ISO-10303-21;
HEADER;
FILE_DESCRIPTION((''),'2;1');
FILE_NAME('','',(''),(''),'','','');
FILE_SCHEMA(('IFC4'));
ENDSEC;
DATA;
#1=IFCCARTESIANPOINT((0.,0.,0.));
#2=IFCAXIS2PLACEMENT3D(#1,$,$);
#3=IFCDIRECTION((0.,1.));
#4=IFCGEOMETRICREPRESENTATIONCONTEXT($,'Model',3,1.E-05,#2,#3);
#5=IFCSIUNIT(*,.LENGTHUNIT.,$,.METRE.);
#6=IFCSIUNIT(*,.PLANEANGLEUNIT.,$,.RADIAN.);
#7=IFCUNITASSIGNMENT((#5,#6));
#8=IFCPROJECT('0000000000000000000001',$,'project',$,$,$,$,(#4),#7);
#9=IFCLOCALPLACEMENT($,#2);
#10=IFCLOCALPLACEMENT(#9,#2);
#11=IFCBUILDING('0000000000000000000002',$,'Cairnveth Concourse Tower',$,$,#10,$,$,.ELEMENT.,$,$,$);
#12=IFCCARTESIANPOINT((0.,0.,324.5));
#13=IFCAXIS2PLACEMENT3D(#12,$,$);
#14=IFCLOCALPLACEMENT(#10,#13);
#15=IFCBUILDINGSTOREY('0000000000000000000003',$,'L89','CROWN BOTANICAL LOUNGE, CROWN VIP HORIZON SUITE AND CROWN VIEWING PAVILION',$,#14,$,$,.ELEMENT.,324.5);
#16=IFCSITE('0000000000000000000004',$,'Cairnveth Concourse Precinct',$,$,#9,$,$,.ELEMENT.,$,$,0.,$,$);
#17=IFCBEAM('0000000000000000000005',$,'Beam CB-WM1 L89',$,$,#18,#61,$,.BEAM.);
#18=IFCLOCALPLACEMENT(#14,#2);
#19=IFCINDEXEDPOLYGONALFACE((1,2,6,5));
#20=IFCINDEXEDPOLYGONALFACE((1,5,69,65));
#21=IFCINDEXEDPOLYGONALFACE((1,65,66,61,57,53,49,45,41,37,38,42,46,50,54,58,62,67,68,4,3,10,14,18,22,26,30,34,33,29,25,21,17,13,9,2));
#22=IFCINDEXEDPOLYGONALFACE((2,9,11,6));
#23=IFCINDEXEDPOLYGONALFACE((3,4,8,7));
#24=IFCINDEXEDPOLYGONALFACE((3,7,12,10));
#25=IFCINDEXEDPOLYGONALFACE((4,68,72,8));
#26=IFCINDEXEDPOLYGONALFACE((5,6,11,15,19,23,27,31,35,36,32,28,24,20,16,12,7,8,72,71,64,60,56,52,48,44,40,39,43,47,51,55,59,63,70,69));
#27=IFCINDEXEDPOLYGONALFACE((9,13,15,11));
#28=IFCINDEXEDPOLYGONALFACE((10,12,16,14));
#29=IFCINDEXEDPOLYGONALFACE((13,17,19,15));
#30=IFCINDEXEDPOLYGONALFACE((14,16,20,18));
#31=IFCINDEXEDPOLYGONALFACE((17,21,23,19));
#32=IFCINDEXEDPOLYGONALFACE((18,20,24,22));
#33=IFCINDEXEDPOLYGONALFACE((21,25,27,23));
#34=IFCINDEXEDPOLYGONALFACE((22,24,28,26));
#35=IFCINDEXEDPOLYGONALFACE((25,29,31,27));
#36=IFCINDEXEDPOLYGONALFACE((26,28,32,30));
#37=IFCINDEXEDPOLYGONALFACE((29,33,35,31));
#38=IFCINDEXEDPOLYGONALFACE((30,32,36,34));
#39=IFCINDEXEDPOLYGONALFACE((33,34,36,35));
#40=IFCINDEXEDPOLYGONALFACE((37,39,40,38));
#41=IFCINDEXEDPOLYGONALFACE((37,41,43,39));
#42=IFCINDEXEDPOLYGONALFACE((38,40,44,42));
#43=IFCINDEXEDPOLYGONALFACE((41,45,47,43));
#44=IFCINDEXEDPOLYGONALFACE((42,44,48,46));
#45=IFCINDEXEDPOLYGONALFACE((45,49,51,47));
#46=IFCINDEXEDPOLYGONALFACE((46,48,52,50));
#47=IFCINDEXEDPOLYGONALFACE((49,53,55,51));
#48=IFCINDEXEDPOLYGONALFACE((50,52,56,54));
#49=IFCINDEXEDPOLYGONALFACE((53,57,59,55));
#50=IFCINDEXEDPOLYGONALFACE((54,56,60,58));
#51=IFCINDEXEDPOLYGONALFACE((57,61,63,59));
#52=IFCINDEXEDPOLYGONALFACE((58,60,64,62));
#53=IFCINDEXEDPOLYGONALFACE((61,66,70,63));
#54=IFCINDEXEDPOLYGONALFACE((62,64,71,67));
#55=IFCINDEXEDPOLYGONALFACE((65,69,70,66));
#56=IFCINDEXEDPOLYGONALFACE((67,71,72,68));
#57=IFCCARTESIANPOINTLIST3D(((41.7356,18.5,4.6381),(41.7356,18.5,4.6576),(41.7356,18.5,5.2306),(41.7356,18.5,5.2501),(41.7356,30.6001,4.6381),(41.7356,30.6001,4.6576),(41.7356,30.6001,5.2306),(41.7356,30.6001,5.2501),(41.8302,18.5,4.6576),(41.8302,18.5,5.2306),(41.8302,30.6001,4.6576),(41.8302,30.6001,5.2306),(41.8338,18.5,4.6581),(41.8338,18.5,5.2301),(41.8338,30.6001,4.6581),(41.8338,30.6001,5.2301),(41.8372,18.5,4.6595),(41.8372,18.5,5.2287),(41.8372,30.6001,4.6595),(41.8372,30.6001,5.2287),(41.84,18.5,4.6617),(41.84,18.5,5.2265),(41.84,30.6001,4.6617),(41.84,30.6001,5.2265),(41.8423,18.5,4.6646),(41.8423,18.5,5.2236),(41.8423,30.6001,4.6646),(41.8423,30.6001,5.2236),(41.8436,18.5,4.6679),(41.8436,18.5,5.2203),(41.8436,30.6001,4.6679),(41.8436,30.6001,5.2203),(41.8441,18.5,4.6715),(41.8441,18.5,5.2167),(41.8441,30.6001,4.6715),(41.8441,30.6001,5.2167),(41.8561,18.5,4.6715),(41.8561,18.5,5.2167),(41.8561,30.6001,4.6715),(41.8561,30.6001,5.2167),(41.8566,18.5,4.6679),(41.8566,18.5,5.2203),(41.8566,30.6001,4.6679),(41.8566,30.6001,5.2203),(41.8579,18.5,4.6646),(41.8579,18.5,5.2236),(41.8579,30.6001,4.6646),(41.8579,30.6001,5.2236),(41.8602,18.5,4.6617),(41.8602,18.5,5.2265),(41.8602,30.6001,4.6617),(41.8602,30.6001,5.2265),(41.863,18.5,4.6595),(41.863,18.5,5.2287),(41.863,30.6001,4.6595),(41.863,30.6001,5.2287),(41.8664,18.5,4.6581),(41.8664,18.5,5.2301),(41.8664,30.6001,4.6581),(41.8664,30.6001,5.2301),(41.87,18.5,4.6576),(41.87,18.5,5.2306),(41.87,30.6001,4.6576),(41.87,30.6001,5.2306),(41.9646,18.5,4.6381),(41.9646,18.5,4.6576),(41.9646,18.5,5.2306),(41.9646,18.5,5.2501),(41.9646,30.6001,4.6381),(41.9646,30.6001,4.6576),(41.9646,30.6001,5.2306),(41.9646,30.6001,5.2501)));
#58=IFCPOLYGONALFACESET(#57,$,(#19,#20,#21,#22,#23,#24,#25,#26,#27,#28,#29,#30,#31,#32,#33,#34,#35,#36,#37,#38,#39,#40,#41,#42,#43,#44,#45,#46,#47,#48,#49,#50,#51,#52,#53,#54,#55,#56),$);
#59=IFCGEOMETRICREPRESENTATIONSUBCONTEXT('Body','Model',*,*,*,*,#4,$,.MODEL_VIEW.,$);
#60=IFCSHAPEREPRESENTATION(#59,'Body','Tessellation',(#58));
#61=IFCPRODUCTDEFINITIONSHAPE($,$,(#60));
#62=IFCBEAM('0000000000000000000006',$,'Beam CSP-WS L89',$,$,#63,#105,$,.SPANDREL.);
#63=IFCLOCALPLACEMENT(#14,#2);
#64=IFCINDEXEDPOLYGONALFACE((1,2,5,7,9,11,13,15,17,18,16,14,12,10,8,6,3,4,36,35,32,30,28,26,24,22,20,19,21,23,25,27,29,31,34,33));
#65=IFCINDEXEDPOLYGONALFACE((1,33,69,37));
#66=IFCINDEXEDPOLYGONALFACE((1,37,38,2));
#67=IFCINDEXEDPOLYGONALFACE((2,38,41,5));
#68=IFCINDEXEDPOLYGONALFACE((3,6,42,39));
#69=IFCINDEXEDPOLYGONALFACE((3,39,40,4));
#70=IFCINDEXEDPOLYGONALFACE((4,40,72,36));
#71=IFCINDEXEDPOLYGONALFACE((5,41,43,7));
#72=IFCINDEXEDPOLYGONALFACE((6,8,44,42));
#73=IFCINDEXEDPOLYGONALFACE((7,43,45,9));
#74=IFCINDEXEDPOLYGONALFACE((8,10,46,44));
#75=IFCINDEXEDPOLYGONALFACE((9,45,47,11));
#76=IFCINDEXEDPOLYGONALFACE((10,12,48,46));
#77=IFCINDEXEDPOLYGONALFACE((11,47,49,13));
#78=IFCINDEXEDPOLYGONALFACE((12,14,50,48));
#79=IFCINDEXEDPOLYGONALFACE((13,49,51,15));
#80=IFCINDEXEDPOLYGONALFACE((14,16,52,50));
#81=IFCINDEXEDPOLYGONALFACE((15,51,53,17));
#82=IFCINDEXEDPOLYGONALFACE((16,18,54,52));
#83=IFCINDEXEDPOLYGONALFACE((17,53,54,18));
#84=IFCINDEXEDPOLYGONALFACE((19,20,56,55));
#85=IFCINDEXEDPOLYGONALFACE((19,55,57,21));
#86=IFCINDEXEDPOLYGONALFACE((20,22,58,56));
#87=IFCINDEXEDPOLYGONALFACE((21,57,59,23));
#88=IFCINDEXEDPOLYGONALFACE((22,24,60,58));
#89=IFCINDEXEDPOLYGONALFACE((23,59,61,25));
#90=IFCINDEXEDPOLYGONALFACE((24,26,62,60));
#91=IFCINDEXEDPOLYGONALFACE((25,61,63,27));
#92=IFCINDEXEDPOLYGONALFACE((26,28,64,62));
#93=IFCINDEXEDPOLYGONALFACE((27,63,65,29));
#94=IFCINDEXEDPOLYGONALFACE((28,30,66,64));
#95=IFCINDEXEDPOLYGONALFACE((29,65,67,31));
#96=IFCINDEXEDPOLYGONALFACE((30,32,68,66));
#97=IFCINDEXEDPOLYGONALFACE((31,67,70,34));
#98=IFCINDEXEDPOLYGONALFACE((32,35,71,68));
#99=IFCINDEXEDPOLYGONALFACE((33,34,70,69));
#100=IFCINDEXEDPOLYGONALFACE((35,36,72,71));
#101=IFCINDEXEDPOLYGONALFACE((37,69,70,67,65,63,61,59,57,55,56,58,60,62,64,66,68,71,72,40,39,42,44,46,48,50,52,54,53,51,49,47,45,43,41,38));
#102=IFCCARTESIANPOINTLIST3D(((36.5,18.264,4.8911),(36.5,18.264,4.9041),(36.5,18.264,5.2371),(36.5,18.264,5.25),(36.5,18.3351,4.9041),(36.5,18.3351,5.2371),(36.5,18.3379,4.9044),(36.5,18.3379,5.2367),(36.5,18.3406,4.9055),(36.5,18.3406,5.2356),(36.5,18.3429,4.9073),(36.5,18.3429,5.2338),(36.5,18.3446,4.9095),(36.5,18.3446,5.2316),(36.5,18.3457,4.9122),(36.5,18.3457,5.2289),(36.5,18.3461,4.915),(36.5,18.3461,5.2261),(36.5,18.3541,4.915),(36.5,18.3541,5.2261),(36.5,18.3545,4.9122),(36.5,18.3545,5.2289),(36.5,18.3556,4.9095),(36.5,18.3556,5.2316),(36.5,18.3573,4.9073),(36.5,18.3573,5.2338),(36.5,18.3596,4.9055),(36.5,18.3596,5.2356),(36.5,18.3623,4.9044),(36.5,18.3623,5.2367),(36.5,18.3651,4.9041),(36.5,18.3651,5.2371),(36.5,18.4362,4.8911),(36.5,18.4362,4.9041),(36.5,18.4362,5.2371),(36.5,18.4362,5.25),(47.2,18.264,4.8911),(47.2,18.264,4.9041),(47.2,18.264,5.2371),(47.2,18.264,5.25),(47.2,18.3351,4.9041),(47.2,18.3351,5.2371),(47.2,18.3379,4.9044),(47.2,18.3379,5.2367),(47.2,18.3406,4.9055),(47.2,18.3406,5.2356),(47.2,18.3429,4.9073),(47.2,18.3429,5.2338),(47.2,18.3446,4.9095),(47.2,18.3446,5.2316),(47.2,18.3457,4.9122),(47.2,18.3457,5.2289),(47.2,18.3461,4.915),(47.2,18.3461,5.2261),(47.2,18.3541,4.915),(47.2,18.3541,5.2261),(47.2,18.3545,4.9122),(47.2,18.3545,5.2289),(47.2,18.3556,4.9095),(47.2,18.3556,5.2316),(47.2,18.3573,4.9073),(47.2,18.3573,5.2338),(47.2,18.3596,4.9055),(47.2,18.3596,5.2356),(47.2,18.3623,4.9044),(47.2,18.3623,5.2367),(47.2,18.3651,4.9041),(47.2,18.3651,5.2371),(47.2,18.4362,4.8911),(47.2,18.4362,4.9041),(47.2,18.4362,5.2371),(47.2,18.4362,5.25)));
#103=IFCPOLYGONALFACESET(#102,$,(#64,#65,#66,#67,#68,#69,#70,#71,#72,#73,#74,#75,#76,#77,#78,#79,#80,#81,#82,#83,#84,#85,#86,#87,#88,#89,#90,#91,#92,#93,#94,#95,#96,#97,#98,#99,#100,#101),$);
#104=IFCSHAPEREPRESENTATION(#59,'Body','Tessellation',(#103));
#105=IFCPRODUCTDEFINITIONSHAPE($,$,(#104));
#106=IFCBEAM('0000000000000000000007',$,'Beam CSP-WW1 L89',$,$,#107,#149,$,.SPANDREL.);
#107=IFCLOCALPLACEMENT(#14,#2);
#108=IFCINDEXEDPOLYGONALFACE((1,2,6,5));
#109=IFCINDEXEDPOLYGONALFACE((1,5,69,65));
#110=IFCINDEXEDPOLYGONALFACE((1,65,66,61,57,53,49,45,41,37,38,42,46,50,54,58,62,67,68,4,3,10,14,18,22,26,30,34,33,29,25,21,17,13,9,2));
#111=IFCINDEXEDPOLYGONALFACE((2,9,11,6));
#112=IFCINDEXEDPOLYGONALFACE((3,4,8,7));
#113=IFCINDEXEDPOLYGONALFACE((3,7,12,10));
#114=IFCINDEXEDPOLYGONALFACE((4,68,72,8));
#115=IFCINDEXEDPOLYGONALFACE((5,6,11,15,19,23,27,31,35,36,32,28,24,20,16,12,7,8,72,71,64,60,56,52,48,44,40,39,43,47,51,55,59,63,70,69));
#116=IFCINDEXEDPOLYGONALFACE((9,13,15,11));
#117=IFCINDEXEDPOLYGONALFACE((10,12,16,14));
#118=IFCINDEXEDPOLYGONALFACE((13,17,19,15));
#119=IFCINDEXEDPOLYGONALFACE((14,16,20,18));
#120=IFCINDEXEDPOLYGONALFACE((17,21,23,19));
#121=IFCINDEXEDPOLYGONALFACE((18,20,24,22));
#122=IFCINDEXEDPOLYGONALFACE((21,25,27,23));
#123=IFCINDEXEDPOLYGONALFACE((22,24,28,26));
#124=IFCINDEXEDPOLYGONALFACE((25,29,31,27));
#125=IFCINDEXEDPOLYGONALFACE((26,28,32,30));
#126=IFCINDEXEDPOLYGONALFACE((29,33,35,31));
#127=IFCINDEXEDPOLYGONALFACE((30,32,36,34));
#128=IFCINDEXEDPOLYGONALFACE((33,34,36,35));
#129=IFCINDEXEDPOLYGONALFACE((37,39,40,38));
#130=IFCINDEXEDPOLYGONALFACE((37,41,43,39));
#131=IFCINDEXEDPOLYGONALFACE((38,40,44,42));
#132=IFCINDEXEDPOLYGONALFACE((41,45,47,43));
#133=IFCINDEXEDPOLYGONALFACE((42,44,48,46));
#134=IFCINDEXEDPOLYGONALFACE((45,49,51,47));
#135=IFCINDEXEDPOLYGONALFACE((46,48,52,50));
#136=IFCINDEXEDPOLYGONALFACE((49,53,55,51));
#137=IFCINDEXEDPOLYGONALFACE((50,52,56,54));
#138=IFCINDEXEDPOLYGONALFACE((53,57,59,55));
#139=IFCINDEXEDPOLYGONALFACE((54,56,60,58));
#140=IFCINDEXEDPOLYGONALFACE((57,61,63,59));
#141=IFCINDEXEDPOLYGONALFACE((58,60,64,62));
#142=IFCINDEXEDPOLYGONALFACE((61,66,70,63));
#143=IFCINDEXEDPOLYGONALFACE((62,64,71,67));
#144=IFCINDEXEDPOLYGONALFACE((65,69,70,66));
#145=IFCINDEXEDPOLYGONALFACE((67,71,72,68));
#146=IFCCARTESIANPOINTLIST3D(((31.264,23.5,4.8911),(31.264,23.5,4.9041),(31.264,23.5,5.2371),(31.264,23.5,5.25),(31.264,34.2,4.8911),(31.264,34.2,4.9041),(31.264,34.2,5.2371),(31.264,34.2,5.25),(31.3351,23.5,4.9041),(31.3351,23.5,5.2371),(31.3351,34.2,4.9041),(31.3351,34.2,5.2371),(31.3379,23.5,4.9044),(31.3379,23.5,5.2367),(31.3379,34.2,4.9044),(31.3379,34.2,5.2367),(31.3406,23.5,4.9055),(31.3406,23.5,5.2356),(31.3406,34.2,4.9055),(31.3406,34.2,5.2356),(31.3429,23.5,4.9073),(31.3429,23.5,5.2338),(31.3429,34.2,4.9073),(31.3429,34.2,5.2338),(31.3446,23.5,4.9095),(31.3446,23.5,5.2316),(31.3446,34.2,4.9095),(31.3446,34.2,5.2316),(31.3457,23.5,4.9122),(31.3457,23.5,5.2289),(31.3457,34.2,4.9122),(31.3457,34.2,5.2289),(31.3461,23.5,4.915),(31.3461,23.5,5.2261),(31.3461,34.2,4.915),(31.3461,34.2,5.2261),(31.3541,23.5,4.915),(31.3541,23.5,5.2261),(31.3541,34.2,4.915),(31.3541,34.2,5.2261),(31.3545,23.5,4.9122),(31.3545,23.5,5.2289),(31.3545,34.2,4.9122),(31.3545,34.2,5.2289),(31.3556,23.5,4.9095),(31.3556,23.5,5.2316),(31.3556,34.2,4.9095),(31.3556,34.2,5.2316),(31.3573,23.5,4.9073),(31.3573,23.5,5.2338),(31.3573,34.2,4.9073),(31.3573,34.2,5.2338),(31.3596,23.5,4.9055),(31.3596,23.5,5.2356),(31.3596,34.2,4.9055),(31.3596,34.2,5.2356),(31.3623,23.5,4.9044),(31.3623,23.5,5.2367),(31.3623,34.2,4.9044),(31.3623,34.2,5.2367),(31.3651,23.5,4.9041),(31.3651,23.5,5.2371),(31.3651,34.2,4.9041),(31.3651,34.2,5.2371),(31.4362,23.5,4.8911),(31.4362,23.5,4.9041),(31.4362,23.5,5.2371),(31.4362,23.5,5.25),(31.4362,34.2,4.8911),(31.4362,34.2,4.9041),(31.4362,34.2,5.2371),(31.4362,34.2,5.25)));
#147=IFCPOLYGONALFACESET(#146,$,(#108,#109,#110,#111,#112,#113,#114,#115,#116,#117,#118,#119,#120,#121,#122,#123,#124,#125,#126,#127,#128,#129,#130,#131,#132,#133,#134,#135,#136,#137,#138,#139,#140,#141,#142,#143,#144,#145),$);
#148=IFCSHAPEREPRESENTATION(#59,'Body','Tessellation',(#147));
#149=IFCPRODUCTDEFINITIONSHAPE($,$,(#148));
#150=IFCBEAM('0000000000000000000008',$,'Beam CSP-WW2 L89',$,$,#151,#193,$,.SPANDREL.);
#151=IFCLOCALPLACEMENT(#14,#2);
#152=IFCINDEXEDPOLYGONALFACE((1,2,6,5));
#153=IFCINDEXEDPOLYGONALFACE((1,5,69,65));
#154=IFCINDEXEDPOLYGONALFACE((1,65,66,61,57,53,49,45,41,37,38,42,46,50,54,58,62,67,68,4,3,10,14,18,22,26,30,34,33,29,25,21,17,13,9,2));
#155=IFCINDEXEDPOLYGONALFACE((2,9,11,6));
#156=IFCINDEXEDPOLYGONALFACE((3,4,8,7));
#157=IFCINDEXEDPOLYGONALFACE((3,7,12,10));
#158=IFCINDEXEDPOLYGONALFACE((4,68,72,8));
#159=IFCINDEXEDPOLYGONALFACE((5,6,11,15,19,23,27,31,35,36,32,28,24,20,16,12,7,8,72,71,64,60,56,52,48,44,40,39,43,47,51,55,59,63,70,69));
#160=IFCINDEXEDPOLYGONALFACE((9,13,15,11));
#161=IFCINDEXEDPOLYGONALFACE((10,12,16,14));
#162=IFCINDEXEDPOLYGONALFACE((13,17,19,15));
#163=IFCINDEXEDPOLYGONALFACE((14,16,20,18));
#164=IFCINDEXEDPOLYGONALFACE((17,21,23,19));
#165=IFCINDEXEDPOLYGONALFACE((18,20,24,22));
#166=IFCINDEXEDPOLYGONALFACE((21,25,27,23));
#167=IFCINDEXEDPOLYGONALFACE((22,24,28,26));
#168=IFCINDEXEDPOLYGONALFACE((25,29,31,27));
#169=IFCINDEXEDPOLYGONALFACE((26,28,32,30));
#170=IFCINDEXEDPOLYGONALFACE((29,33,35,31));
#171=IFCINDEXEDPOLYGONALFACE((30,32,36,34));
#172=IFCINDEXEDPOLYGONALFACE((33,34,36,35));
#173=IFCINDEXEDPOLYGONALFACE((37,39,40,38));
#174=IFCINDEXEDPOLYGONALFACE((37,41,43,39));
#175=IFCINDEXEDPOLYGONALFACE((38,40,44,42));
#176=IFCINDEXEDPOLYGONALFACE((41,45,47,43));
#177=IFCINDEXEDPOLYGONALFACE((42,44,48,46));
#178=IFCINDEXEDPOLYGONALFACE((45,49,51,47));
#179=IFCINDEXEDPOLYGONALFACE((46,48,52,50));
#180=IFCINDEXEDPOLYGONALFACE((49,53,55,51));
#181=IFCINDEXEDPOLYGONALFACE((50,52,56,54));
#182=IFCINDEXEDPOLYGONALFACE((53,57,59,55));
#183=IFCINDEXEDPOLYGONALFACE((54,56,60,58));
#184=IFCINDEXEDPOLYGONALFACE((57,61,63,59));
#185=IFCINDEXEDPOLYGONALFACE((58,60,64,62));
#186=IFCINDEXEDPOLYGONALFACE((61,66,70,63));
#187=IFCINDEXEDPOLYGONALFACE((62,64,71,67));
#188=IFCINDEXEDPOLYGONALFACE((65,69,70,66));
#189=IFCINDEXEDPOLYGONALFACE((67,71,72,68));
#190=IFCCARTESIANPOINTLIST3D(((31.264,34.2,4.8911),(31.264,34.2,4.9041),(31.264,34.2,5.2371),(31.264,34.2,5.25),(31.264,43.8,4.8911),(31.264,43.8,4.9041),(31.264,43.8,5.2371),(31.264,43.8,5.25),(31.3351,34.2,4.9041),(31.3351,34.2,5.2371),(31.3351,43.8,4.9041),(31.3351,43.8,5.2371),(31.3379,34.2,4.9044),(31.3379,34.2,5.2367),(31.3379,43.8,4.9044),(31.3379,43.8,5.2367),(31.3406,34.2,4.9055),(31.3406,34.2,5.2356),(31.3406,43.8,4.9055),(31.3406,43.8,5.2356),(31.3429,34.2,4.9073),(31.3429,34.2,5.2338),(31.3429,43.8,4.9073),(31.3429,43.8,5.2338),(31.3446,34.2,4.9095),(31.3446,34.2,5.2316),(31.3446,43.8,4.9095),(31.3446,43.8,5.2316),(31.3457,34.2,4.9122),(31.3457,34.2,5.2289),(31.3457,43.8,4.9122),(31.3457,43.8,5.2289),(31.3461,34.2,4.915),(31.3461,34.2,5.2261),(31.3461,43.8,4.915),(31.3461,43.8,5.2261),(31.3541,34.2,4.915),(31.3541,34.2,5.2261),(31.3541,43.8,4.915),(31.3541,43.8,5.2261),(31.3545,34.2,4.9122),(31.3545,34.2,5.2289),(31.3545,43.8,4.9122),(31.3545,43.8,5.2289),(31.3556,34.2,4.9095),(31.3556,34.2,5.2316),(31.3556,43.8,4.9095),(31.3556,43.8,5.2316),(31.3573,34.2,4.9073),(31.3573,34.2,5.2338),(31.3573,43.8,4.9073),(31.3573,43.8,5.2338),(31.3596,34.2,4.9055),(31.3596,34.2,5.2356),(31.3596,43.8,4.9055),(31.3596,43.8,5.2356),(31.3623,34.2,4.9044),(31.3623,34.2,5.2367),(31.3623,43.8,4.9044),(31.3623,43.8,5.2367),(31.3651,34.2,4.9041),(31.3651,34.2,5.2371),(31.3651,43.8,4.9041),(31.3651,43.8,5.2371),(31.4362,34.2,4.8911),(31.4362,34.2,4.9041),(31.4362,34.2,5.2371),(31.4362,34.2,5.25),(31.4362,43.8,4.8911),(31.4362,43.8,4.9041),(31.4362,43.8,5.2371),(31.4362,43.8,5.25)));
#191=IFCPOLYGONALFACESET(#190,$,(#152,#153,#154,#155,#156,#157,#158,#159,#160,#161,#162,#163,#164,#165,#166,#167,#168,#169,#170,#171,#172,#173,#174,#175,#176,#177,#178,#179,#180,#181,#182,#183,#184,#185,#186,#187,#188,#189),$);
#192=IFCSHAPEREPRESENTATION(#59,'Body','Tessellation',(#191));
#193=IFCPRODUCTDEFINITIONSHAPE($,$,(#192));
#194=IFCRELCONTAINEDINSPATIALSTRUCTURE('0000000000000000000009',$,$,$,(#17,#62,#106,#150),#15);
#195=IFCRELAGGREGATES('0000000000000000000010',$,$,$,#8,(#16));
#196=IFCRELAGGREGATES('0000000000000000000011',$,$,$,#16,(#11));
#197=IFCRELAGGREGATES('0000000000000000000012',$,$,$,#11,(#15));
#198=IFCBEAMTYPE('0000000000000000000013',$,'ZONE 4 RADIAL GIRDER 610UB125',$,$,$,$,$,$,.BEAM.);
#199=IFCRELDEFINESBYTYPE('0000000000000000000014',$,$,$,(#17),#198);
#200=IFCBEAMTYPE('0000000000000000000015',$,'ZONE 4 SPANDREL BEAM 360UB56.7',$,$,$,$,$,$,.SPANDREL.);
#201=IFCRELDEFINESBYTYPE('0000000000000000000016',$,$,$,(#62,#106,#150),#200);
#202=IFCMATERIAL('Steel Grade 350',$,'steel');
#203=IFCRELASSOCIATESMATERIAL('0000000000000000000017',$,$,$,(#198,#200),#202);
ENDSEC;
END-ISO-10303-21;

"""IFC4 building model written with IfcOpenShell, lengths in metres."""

from ifc_helpers import new_model, si_unit, direction, frame, origin, origin_2d, place, context, subcontext, project, spatial, i_section, extrude, material, material_profile, profile_set, type_object, element, save


model = new_model("IFC4")

# Units and contexts
model_context = context("Model", 3, precision=1e-05, world=origin(), true_north=direction((0.0, 1.0)))
body_context = subcontext(model_context, "Body", "Model", "MODEL_VIEW")
ifc_project = project(units=[si_unit("LENGTHUNIT", "METRE"), si_unit("PLANEANGLEUNIT", "RADIAN")], contexts=[model_context])

# Site, building, storey
site_placement = place(None, origin())
site = spatial("IfcSite", under=ifc_project, at=site_placement, Name="Cairnveth Concourse Precinct", CompositionType="ELEMENT", RefElevation=0.0)
building_placement = place(site_placement, origin())
building = spatial("IfcBuilding", under=site, at=building_placement, Name="Cairnveth Concourse Tower", CompositionType="ELEMENT")
storey_placement = place(building_placement, frame((0.0, 0.0, 324.5)))
storey = spatial("IfcBuildingStorey", under=building, at=storey_placement, Name="L89", Description="CROWN BOTANICAL LOUNGE, CROWN VIP HORIZON SUITE AND CROWN VIEWING PAVILION", CompositionType="ELEMENT", Elevation=324.5)

# Shared definitions
ifc_material_1 = material(Name="Steel Grade 350", Category="steel")

# Beams
ifc_material_profile_1 = material_profile(ifc_material_1, i_section(OverallWidth=0.229, OverallDepth=0.6121, WebThickness=0.012, FlangeThickness=0.0195, FilletRadius=0.0139, at=origin_2d()), Name="610UB125")
ifc_profile_set_1 = profile_set([ifc_material_profile_1], Name="Steel Grade 350")
beam_type_1 = type_object("IfcBeamType", Name="ZONE 4 RADIAL GIRDER 610UB125", PredefinedType="BEAM", material=ifc_profile_set_1)
beam_1_placement = place(storey_placement, frame((41.8501, 18.5, 4.9441), z_axis=(0.0, 1.0, 0.0), x_axis=(-1.0, 0.0, 0.0)))
element("IfcBeam", 1, at=beam_1_placement, inside=storey, type_object=beam_type_1, Name="Beam CB-WM1 L89", PredefinedType="BEAM", context=body_context, shape_type="SweptSolid", body=[
    extrude(i_section(OverallWidth=0.229, OverallDepth=0.6121, WebThickness=0.012, FlangeThickness=0.0195, FilletRadius=0.0139, at=origin_2d()), origin(), (0.0, 0.0, 1.0), 12.1001),
])
ifc_material_profile_2 = material_profile(ifc_material_1, i_section(OverallWidth=0.1721, OverallDepth=0.3589, WebThickness=0.0081, FlangeThickness=0.0129, FilletRadius=0.011, at=origin_2d()), Name="360UB56.7")
ifc_profile_set_2 = profile_set([ifc_material_profile_2], Name="Steel Grade 350")
beam_type_2 = type_object("IfcBeamType", Name="ZONE 4 SPANDREL BEAM 360UB56.7", PredefinedType="SPANDREL", material=ifc_profile_set_2)
for number, where, z_axis, x_axis, name in (
    (2, (36.5, 18.3501, 5.0706), (1.0, 0.0, 0.0), (0.0, 1.0, 0.0), "Beam CSP-WS L89"),
    (3, (31.3501, 23.5, 5.0706), (0.0, 1.0, 0.0), (-1.0, 0.0, 0.0), "Beam CSP-WW1 L89"),
):
    element("IfcBeam", number, at=place(storey_placement, frame(where, z_axis=z_axis, x_axis=x_axis)), inside=storey, type_object=beam_type_2, Name=name, PredefinedType="SPANDREL", context=body_context, shape_type="SweptSolid", body=[
        extrude(i_section(OverallWidth=0.1721, OverallDepth=0.3589, WebThickness=0.0081, FlangeThickness=0.0129, FilletRadius=0.011, at=origin_2d()), origin(), (0.0, 0.0, 1.0), 10.7),
    ])
beam_2_placement = place(storey_placement, frame((31.3501, 34.2, 5.0706), z_axis=(0.0, 1.0, 0.0), x_axis=(-1.0, 0.0, 0.0)))
element("IfcBeam", 4, at=beam_2_placement, inside=storey, type_object=beam_type_2, Name="Beam CSP-WW2 L89", PredefinedType="SPANDREL", context=body_context, shape_type="SweptSolid", body=[
    extrude(i_section(OverallWidth=0.1721, OverallDepth=0.3589, WebThickness=0.0081, FlangeThickness=0.0129, FilletRadius=0.011, at=origin_2d()), origin(), (0.0, 0.0, 1.0), 9.6001),
])

save(model, "model.ifc")
